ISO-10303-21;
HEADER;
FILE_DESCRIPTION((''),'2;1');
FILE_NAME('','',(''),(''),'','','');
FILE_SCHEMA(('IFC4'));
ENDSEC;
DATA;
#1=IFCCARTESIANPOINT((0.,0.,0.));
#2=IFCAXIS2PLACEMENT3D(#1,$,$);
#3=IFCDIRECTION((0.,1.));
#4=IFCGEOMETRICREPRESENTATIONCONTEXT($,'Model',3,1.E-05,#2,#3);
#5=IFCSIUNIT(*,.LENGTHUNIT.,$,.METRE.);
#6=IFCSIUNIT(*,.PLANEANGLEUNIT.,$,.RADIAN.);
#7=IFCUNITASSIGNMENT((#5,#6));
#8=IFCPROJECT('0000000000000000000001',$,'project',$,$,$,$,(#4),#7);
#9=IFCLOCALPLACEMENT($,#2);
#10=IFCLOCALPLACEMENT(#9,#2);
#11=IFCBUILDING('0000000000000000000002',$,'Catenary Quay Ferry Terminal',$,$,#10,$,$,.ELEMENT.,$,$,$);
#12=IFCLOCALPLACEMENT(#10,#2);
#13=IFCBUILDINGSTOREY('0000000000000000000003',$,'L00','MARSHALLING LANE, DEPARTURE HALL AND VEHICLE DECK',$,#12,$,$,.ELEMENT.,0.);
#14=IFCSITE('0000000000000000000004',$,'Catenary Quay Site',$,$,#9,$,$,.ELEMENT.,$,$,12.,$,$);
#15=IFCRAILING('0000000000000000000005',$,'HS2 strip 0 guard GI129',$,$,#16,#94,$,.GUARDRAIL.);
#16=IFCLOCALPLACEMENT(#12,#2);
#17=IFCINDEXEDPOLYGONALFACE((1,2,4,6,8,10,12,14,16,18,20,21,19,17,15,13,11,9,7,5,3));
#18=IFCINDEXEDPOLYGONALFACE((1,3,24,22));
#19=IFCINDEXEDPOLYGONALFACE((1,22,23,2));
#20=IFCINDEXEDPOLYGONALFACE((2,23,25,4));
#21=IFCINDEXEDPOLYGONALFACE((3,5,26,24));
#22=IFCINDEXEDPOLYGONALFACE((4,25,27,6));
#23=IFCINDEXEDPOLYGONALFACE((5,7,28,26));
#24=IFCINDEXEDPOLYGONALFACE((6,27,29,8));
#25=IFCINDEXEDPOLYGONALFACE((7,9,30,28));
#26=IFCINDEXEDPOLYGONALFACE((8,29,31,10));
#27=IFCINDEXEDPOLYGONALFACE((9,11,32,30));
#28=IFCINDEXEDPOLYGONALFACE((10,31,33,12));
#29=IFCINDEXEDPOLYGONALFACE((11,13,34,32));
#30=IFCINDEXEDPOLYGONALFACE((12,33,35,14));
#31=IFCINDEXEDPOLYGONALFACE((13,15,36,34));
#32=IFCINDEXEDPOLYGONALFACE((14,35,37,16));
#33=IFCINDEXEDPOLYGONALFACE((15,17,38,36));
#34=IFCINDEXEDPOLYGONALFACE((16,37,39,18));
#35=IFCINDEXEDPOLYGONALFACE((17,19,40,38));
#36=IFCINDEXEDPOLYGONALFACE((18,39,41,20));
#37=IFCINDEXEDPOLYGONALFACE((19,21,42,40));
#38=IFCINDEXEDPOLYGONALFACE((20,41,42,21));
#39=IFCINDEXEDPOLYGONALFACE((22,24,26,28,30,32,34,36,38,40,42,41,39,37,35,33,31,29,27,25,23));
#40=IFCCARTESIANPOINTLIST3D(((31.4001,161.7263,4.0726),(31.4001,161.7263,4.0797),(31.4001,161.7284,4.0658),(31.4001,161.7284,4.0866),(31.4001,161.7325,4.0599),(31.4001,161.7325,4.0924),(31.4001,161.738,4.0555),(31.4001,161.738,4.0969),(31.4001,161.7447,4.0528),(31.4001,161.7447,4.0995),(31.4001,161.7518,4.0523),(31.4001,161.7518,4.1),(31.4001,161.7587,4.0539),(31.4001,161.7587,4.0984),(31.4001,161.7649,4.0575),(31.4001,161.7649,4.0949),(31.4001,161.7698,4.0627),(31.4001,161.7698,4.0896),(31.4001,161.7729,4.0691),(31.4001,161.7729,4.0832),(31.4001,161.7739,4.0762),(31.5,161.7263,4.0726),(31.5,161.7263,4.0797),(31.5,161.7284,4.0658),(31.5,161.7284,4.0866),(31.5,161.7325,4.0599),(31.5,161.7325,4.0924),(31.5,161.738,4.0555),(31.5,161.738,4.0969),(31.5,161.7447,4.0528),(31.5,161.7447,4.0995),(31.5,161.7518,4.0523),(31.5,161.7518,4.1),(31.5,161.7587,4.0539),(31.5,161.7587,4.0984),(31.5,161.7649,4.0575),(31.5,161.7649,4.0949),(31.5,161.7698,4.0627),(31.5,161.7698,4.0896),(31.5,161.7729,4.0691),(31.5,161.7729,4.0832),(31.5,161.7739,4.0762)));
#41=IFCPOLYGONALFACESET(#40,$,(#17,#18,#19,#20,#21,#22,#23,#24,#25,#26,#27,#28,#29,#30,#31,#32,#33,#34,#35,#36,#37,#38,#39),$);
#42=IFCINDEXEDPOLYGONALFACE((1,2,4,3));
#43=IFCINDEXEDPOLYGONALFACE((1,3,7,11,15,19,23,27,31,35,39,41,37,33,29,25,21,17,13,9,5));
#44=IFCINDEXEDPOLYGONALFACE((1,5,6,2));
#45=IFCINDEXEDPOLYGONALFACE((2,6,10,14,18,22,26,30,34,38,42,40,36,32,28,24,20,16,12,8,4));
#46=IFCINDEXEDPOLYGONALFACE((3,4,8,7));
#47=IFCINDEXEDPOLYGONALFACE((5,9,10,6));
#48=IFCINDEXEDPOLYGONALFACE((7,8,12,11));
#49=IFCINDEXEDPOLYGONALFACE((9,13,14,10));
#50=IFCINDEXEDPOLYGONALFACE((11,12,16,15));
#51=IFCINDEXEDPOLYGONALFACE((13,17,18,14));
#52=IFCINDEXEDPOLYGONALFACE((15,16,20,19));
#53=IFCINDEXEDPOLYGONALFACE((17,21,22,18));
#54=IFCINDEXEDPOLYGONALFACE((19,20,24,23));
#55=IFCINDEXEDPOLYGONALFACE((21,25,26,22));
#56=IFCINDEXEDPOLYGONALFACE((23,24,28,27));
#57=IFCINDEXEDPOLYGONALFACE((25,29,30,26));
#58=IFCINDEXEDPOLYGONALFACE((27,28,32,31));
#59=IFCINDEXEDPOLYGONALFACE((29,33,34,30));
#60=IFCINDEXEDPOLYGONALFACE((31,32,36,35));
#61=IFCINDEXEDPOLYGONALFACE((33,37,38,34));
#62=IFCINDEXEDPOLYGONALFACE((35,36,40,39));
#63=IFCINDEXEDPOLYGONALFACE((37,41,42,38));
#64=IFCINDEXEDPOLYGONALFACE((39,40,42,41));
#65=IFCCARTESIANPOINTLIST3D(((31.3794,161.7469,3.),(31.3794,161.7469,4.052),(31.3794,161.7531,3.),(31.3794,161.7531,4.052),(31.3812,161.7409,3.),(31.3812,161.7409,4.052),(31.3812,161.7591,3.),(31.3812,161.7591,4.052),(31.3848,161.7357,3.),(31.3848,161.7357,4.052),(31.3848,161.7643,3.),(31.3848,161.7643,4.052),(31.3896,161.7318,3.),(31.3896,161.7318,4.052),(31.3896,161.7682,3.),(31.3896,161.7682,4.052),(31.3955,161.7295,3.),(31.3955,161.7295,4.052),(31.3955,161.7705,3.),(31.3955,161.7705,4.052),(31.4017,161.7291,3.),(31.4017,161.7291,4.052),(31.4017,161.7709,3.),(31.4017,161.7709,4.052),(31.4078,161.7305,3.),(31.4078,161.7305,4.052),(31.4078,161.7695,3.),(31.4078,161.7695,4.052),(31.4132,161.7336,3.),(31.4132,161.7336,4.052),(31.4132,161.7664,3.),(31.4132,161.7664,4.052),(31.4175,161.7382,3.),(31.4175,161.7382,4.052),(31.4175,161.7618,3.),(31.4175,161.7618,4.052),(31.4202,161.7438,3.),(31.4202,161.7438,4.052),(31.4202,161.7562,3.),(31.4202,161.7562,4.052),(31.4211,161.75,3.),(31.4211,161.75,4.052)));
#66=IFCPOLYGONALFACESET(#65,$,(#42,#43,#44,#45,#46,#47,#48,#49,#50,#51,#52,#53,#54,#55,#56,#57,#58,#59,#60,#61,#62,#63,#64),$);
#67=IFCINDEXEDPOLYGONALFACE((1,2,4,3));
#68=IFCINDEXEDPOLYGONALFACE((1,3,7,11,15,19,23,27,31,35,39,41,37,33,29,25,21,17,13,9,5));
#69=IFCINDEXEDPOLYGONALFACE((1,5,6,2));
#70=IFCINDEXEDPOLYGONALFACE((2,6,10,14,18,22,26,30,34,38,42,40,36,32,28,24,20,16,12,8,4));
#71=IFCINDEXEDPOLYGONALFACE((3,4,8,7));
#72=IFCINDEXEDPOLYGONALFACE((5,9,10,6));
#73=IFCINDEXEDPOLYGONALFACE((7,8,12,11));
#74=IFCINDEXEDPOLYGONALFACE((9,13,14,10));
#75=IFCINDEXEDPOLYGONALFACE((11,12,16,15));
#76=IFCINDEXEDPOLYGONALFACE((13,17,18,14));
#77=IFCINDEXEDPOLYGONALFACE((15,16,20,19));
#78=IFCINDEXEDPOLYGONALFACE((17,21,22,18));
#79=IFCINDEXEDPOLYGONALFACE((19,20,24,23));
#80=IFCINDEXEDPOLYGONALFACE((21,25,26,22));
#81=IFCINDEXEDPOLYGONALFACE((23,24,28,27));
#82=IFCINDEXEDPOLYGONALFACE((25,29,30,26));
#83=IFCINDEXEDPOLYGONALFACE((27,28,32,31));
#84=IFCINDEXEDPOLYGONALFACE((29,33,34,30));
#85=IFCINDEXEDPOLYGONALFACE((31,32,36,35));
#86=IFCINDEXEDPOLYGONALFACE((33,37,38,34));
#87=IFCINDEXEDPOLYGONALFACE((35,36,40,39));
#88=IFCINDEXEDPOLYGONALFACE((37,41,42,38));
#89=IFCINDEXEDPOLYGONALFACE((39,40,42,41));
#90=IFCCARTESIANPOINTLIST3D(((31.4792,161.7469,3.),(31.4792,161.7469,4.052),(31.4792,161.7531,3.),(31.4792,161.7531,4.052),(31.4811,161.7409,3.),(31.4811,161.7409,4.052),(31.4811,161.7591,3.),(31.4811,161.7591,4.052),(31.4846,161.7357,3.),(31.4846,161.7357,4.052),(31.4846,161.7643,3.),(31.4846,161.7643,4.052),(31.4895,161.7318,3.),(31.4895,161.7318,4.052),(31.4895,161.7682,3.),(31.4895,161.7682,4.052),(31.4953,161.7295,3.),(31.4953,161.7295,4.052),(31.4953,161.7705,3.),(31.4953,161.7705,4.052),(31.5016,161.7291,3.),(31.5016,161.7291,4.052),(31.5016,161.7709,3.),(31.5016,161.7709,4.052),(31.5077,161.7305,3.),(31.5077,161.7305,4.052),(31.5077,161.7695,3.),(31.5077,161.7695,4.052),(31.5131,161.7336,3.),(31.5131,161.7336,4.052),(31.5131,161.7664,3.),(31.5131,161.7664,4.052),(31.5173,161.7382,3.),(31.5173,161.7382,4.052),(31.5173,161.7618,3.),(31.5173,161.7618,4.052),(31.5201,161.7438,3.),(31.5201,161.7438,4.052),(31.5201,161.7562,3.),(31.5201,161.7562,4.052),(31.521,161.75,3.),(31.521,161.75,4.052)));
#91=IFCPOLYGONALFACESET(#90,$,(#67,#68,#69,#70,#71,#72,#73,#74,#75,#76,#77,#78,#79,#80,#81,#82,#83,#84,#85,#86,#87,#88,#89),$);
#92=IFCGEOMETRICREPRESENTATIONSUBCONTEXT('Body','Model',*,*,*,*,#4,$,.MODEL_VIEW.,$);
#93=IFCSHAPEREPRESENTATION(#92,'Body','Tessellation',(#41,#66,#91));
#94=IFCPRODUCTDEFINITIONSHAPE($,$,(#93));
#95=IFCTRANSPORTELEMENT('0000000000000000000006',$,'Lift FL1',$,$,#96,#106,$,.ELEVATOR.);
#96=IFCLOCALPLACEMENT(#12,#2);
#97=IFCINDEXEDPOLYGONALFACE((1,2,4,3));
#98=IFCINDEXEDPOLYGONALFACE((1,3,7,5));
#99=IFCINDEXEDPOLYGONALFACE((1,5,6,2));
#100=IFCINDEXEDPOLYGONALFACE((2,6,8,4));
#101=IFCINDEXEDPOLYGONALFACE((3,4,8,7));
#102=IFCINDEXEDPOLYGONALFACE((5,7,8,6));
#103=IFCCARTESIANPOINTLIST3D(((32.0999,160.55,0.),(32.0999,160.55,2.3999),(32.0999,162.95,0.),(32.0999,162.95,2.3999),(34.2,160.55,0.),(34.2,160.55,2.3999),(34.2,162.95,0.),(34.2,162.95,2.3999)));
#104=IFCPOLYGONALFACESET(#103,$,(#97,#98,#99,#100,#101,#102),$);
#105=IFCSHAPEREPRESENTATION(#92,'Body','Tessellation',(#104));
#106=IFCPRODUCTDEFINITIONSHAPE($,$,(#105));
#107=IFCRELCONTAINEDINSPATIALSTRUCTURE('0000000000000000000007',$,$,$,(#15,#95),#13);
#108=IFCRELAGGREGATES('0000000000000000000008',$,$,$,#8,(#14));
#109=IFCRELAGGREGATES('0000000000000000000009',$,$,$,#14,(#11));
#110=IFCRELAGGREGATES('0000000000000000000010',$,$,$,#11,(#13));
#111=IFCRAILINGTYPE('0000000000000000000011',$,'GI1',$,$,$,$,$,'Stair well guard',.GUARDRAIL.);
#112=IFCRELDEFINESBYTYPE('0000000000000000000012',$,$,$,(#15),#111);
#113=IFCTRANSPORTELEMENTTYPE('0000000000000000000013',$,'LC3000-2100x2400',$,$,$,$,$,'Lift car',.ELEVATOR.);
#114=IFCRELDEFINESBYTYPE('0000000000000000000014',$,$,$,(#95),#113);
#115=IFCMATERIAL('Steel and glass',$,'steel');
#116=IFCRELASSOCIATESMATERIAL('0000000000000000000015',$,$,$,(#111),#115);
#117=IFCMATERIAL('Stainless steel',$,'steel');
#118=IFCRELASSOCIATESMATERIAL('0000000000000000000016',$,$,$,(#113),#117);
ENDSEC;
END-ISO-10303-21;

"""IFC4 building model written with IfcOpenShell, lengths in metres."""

from ifc_helpers import new_model, si_unit, direction, frame, origin, origin_2d, place, context, subcontext, project, spatial, rectangle, circle, extrude, material, type_object, element, save


model = new_model("IFC4")

# Units and contexts
model_context = context("Model", 3, precision=1e-05, world=origin(), true_north=direction((0.0, 1.0)))
body_context = subcontext(model_context, "Body", "Model", "MODEL_VIEW")
ifc_project = project(units=[si_unit("LENGTHUNIT", "METRE"), si_unit("PLANEANGLEUNIT", "RADIAN")], contexts=[model_context])

# Site, building, storey
site_placement = place(None, origin())
site = spatial("IfcSite", under=ifc_project, at=site_placement, Name="Catenary Quay Site", CompositionType="ELEMENT", RefElevation=12.0)
building_placement = place(site_placement, origin())
building = spatial("IfcBuilding", under=site, at=building_placement, Name="Catenary Quay Ferry Terminal", CompositionType="ELEMENT")
storey_placement = place(building_placement, origin())
storey = spatial("IfcBuildingStorey", under=building, at=storey_placement, Name="L00", Description="MARSHALLING LANE, DEPARTURE HALL AND VEHICLE DECK", CompositionType="ELEMENT", Elevation=0.0)

# Railing
ifc_material_1 = material(Name="Steel and glass", Category="steel")
railing_type_1 = type_object("IfcRailingType", Name="GI1", ElementType="Stair well guard", PredefinedType="GUARDRAIL", material=ifc_material_1)
railing_1_placement = place(storey_placement, frame((31.4001, 161.75, 3.0)))
element("IfcRailing", 1, at=railing_1_placement, inside=storey, type_object=railing_type_1, Name="HS2 strip 0 guard GI129", PredefinedType="GUARDRAIL", context=body_context, shape_type="SweptSolid", body=[
    extrude(circle(Radius=0.0239, at=origin_2d()), frame((0.0, 0.0, 1.0762), z_axis=(1.0, 0.0, 0.0), x_axis=(0.0, 1.0, 0.0)), (0.0, 0.0, 1.0), 0.0999),
    extrude(circle(Radius=0.021, at=origin_2d()), origin(), (0.0, 0.0, 1.0), 1.052),
    extrude(circle(Radius=0.021, at=origin_2d()), frame((0.0999, 0.0, 0.0)), (0.0, 0.0, 1.0), 1.052),
])

# Transport element
ifc_material_2 = material(Name="Stainless steel", Category="steel")
transport_element_type = type_object("IfcTransportElementType", Name="LC3000-2100x2400", ElementType="Lift car", PredefinedType="ELEVATOR", material=ifc_material_2)
transport_element_placement = place(storey_placement, frame((33.1499, 161.75, 0.0), z_axis=(0.0, 0.0, 1.0), x_axis=(1.0, 0.0, 0.0)))
element("IfcTransportElement", 2, at=transport_element_placement, inside=storey, type_object=transport_element_type, Name="Lift FL1", PredefinedType="ELEVATOR", context=body_context, shape_type="SweptSolid", body=[
    extrude(rectangle(XDim=2.1001, YDim=2.3999, at=origin_2d()), origin(), (0.0, 0.0, 1.0), 2.3999),
])

save(model, "model.ifc")
